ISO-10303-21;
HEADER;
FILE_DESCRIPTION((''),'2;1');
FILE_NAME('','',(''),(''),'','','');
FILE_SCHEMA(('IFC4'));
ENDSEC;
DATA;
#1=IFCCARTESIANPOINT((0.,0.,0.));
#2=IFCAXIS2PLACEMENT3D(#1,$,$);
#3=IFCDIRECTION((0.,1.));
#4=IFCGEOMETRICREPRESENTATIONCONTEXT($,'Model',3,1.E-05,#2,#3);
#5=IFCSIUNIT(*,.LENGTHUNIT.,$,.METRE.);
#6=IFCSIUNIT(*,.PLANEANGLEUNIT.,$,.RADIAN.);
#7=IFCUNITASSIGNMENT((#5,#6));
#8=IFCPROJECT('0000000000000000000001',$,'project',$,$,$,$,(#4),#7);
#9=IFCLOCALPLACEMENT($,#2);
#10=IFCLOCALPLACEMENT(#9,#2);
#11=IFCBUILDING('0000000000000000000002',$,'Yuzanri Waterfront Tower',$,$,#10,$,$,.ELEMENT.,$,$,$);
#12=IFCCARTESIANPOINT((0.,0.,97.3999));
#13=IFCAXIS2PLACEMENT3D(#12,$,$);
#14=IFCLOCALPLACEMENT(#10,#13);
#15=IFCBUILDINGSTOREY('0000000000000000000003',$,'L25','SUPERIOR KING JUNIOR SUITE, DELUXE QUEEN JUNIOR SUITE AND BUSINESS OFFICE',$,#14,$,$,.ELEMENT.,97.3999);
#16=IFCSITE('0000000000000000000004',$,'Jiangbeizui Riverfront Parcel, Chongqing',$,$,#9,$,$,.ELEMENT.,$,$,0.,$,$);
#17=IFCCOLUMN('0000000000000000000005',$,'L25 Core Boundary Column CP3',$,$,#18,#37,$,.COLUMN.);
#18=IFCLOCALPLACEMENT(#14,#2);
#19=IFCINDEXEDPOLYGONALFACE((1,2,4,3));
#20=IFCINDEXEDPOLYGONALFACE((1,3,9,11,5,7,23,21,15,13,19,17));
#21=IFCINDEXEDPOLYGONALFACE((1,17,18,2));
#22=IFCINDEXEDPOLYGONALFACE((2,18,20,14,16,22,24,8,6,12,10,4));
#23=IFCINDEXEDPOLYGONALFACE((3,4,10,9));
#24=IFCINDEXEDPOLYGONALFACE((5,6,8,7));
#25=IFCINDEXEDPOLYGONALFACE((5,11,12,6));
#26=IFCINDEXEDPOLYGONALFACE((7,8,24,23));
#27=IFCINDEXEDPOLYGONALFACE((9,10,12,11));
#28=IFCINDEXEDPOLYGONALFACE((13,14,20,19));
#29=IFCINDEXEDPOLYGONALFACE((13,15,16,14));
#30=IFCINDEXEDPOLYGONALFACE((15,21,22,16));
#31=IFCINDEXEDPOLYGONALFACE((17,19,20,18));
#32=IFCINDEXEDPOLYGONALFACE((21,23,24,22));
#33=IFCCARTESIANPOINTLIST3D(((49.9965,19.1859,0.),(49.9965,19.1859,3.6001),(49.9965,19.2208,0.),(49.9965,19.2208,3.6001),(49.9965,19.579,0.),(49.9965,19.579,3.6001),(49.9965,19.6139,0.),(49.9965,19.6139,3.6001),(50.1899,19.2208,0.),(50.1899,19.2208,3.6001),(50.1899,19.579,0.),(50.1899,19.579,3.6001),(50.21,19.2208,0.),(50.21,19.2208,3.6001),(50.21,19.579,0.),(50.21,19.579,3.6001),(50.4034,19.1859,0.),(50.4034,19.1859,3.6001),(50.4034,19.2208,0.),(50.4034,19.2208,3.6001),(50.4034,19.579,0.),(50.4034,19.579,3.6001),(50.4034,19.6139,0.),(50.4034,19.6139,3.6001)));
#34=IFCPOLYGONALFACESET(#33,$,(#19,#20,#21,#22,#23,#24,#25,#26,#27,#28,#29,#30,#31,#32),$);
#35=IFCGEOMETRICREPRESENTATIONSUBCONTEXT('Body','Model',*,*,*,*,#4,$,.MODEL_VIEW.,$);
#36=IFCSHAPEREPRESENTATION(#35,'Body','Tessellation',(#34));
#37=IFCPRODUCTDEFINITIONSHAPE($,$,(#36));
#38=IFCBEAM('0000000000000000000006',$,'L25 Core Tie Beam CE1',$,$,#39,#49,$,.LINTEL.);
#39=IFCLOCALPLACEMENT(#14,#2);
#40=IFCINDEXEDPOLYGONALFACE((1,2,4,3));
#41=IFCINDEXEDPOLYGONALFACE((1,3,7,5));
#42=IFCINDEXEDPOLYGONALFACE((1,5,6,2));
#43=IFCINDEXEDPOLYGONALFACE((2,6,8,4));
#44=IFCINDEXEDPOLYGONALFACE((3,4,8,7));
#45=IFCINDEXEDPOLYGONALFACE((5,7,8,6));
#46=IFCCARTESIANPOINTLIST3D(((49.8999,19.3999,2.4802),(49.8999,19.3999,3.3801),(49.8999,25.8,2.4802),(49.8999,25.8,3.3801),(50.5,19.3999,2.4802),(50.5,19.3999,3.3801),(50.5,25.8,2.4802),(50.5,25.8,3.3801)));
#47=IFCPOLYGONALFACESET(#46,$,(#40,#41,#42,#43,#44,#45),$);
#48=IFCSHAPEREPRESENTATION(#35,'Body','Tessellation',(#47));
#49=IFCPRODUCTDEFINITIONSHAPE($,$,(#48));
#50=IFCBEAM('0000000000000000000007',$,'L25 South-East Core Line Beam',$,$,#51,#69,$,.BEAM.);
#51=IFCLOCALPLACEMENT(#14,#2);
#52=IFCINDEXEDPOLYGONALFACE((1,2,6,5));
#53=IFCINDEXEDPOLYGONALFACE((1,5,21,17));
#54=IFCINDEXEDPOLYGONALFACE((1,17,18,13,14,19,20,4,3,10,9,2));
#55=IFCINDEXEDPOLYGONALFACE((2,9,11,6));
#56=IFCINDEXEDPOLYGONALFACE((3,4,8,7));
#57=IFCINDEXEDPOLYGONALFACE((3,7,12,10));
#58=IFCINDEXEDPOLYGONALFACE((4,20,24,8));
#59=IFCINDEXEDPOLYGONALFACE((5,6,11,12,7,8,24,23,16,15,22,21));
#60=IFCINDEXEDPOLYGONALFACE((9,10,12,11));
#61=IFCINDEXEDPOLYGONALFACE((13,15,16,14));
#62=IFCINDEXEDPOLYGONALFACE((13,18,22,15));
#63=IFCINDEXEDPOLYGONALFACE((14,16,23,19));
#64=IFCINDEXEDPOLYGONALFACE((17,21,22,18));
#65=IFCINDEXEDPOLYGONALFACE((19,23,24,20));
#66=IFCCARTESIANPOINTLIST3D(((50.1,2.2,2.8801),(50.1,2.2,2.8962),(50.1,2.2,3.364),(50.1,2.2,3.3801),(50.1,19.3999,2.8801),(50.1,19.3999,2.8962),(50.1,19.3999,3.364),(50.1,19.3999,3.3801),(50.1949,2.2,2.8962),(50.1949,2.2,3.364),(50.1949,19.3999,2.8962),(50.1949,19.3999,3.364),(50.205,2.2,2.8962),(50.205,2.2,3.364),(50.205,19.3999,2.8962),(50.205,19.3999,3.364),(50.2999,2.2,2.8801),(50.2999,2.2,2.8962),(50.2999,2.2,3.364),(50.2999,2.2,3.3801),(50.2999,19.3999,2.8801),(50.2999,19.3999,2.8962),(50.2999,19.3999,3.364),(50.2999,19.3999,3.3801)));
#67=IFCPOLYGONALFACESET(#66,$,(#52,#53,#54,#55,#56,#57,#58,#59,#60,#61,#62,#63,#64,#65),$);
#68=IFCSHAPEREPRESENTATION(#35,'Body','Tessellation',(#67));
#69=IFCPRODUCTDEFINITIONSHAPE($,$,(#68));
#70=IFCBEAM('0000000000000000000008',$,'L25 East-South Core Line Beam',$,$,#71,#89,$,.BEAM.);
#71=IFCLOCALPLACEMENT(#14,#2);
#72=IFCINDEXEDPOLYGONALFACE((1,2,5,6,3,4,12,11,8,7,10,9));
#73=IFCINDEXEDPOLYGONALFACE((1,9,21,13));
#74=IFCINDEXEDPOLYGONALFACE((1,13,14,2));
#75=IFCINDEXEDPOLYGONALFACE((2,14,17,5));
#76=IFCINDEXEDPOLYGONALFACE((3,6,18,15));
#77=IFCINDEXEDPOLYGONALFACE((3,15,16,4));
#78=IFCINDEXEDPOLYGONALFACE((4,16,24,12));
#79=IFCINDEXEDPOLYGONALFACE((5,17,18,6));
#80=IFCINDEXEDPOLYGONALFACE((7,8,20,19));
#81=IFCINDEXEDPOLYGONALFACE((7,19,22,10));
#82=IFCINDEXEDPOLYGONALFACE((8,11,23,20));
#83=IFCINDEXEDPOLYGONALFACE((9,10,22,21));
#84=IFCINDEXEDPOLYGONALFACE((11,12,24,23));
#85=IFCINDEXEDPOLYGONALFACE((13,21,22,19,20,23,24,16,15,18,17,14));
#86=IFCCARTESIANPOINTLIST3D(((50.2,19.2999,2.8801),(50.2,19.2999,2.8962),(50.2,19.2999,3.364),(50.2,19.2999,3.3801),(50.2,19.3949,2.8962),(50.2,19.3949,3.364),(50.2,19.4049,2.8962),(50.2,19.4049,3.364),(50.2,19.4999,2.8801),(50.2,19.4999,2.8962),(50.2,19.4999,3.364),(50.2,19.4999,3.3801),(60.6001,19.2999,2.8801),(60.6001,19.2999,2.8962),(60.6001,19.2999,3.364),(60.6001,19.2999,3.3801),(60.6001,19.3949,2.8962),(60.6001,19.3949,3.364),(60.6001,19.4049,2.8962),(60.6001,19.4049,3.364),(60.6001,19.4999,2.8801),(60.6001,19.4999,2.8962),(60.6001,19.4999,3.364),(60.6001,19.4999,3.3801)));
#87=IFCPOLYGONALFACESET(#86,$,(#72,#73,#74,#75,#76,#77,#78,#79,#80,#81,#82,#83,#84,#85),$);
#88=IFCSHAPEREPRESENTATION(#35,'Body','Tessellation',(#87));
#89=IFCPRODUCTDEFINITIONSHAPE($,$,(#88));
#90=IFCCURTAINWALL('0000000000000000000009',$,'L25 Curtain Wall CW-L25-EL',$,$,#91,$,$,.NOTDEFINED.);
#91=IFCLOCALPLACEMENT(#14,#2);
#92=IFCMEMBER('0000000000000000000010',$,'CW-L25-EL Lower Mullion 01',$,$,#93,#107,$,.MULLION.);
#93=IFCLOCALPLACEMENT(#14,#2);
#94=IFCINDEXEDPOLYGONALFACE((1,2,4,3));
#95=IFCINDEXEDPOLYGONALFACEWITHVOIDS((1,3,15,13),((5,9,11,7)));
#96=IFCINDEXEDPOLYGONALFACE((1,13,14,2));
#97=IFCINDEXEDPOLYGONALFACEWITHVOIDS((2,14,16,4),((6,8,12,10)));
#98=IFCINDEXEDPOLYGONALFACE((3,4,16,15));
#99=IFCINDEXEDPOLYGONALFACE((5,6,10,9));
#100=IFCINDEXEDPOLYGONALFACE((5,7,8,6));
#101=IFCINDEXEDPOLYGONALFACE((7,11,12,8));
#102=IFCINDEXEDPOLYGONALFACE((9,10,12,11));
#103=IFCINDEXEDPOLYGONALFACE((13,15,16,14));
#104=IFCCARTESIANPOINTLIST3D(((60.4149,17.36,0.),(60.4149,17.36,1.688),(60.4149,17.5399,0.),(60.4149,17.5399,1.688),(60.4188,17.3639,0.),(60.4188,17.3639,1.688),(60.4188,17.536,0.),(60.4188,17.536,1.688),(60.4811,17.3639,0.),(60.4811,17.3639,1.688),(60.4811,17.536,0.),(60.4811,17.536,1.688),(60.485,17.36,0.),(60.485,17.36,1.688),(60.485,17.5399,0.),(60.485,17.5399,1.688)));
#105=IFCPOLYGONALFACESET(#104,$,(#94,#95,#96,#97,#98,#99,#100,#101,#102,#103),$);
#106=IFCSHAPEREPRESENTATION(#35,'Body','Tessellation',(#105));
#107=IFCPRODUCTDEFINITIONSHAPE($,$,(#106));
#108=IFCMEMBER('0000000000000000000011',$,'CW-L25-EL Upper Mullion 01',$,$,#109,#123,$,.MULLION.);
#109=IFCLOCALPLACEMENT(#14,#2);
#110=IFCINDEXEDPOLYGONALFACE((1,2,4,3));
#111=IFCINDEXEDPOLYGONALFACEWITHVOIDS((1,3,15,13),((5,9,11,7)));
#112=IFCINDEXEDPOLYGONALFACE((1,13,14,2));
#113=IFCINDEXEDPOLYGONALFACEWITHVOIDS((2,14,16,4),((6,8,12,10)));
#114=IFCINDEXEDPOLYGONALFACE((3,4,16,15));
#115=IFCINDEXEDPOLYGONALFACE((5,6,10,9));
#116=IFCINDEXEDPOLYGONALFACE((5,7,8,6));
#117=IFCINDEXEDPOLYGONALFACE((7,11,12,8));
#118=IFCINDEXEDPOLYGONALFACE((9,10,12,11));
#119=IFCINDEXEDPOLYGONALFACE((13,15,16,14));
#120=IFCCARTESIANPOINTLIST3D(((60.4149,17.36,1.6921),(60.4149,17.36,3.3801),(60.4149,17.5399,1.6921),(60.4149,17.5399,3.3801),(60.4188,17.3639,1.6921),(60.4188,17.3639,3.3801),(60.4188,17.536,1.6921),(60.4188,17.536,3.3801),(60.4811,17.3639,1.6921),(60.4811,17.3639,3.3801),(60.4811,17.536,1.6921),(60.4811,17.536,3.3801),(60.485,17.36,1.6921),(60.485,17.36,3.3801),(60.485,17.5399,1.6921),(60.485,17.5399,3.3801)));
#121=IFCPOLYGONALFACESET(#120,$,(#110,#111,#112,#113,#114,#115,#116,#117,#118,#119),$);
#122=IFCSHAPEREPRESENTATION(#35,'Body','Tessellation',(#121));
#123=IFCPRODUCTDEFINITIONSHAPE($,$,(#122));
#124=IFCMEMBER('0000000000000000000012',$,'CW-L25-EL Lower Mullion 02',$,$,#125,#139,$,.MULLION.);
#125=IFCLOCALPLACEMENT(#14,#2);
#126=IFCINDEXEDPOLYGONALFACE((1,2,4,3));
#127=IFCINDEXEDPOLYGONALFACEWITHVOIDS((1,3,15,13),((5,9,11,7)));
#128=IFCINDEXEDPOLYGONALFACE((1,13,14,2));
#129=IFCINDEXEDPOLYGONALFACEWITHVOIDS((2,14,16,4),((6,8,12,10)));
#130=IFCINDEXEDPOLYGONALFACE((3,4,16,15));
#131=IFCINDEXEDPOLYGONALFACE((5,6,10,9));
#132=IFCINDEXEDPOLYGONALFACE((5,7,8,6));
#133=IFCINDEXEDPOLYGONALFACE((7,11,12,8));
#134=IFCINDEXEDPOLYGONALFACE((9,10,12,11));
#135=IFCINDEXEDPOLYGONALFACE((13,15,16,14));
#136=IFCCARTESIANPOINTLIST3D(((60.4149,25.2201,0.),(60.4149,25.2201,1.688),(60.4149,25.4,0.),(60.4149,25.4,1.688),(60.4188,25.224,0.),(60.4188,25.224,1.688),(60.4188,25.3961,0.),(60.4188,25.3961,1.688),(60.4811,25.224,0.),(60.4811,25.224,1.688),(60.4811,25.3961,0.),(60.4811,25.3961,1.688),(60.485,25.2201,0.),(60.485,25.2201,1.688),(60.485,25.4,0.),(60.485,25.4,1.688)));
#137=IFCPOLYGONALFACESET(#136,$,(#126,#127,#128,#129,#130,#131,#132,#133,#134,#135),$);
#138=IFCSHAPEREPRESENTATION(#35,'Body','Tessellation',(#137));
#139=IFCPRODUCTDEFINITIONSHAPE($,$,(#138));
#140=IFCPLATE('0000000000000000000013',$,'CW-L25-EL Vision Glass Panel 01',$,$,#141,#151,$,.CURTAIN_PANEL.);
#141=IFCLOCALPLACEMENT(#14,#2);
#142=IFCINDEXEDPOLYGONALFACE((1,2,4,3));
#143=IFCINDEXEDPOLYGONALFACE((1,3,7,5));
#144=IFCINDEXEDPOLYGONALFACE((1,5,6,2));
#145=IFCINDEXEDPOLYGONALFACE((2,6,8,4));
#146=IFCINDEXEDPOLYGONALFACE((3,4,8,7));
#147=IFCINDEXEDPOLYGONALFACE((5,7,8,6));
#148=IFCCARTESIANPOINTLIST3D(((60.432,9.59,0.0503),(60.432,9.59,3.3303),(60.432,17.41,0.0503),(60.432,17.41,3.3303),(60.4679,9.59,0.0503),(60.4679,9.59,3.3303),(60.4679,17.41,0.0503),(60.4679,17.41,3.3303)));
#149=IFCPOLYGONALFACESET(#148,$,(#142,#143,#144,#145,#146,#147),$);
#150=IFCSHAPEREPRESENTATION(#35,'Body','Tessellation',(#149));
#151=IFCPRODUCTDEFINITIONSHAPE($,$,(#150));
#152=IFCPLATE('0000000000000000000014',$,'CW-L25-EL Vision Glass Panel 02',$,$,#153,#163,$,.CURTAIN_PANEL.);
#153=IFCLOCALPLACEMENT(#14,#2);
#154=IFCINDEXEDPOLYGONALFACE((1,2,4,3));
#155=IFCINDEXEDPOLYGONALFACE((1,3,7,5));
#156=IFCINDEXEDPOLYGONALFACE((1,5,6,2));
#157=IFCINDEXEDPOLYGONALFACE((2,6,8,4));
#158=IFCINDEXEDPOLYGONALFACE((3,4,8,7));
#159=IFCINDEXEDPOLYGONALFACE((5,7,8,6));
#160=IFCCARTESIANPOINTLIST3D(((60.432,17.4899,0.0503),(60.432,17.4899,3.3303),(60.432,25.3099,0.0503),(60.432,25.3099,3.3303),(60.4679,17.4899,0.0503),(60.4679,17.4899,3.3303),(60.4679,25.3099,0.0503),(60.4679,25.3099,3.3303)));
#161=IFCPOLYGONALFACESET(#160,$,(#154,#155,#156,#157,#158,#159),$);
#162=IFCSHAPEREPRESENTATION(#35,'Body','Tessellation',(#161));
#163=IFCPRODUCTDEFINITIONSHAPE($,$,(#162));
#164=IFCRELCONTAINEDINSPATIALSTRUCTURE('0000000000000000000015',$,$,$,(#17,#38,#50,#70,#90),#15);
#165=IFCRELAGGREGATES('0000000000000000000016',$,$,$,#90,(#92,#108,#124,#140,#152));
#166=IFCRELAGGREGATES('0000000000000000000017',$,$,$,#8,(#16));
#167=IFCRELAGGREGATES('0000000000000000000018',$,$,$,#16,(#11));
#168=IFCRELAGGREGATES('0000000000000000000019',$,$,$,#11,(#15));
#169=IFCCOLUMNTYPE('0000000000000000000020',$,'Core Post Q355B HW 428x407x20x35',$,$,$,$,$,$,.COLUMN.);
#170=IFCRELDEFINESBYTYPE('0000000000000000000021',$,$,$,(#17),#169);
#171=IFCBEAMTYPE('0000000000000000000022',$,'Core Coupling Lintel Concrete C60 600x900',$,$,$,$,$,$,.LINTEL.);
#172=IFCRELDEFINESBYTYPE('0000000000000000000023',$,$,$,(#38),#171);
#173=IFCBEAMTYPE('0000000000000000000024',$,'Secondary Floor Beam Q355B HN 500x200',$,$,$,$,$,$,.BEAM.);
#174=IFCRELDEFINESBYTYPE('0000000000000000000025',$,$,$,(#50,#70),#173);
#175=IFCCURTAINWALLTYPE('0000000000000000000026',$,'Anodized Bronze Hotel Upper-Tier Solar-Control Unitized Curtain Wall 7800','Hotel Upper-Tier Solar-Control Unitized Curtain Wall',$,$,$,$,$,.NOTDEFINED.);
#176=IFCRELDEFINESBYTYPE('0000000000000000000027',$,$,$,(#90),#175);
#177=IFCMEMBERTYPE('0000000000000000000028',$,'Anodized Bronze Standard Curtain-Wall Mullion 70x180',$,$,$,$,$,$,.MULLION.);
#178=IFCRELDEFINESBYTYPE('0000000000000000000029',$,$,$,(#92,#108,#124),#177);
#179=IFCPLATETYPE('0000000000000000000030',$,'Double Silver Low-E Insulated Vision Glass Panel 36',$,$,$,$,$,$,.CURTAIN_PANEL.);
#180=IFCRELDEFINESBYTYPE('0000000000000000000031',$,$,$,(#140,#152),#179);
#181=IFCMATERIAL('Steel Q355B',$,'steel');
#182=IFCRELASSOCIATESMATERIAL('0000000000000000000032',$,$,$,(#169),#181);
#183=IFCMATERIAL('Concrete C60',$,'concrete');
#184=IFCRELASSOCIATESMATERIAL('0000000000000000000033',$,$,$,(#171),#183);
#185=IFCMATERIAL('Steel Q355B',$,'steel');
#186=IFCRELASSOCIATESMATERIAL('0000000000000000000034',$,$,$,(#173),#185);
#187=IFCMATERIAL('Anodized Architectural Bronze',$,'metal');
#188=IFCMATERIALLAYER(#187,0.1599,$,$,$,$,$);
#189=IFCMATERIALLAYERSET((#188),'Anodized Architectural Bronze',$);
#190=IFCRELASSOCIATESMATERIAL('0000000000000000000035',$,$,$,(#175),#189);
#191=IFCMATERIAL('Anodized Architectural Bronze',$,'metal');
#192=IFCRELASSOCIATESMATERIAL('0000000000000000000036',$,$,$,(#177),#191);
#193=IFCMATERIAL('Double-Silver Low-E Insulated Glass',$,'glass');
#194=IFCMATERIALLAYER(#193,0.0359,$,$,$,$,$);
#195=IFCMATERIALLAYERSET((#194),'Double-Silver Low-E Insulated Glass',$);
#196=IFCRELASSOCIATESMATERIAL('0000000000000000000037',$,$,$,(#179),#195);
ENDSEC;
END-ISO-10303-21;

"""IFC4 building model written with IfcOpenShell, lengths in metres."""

from ifc_helpers import new_model, si_unit, direction, frame, origin, origin_2d, place, context, subcontext, project, spatial, rectangle, hollow_rectangle, i_section, extrude, source, transform, mapped, material, layer, layer_set, material_profile, profile_set, type_object, element, aggregate, save


model = new_model("IFC4")

# Units and contexts
model_context = context("Model", 3, precision=1e-05, world=origin(), true_north=direction((0.0, 1.0)))
body_context = subcontext(model_context, "Body", "Model", "MODEL_VIEW")
ifc_project = project(units=[si_unit("LENGTHUNIT", "METRE"), si_unit("PLANEANGLEUNIT", "RADIAN")], contexts=[model_context])

# Site, building, storey
site_placement = place(None, origin())
site = spatial("IfcSite", under=ifc_project, at=site_placement, Name="Jiangbeizui Riverfront Parcel, Chongqing", CompositionType="ELEMENT", RefElevation=0.0)
building_placement = place(site_placement, origin())
building = spatial("IfcBuilding", under=site, at=building_placement, Name="Yuzanri Waterfront Tower", CompositionType="ELEMENT")
storey_placement = place(building_placement, frame((0.0, 0.0, 97.3999)))
storey = spatial("IfcBuildingStorey", under=building, at=storey_placement, Name="L25", Description="SUPERIOR KING JUNIOR SUITE, DELUXE QUEEN JUNIOR SUITE AND BUSINESS OFFICE", CompositionType="ELEMENT", Elevation=97.3999)

# Column
ifc_material_1 = material(Name="Steel Q355B", Category="steel")
ifc_material_profile_1 = material_profile(ifc_material_1, i_section(OverallWidth=0.407, OverallDepth=0.428, WebThickness=0.02, FlangeThickness=0.0349, at=origin_2d()), Name="HW 428x407x20x35")
ifc_profile_set_1 = profile_set([ifc_material_profile_1], Name="Steel Q355B")
column_type = type_object("IfcColumnType", Name="Core Post Q355B HW 428x407x20x35", PredefinedType="COLUMN", material=ifc_profile_set_1)
shared_shape_1 = source(origin(), body_context, "Body", "SweptSolid", [
    extrude(i_section(OverallWidth=0.407, OverallDepth=0.428, WebThickness=0.02, FlangeThickness=0.0349, at=origin_2d()), origin(), (0.0, 0.0, 1.0), 3.6001),
])
column_placement = place(storey_placement, frame((50.2, 19.3999, 0.0), z_axis=(0.0, 0.0, 1.0), x_axis=(1.0, 0.0, 0.0)))
element("IfcColumn", 1, at=column_placement, inside=storey, type_object=column_type, Name="L25 Core Boundary Column CP3", PredefinedType="COLUMN", context=body_context, shape_type="MappedRepresentation", body=[
    mapped(shared_shape_1, transform((0.0, 0.0, 0.0), scale=1.0)),
])

# Beams
ifc_material_2 = material(Name="Concrete C60", Category="concrete")
ifc_material_profile_2 = material_profile(ifc_material_2, rectangle(XDim=0.6001, YDim=0.8999, at=origin_2d()), Name="RC 600x900")
ifc_profile_set_2 = profile_set([ifc_material_profile_2], Name="Concrete C60")
beam_type_1 = type_object("IfcBeamType", Name="Core Coupling Lintel Concrete C60 600x900", PredefinedType="LINTEL", material=ifc_profile_set_2)
shared_shape_2 = source(origin(), body_context, "Body", "SweptSolid", [
    extrude(rectangle(XDim=0.6001, YDim=0.8999, at=origin_2d()), origin(), (0.0, 0.0, 1.0), 6.4001),
])
beam_1_placement = place(storey_placement, frame((50.2, 19.3999, 2.9302), z_axis=(0.0, 1.0, 0.0), x_axis=(-1.0, 0.0, 0.0)))
element("IfcBeam", 2, at=beam_1_placement, inside=storey, type_object=beam_type_1, Name="L25 Core Tie Beam CE1", PredefinedType="LINTEL", context=body_context, shape_type="MappedRepresentation", body=[
    mapped(shared_shape_2, transform((0.0, 0.0, 0.0), scale=1.0)),
])
ifc_material_3 = material(Name="Steel Q355B", Category="steel")
ifc_material_profile_3 = material_profile(ifc_material_3, i_section(OverallWidth=0.2, OverallDepth=0.5, WebThickness=0.01, FlangeThickness=0.0161, at=origin_2d()), Name="HN 500x200x10x16")
ifc_profile_set_3 = profile_set([ifc_material_profile_3], Name="Steel Q355B")
beam_type_2 = type_object("IfcBeamType", Name="Secondary Floor Beam Q355B HN 500x200", PredefinedType="BEAM", material=ifc_profile_set_3)
shared_shape_3 = source(origin(), body_context, "Body", "SweptSolid", [
    extrude(i_section(OverallWidth=0.2, OverallDepth=0.5, WebThickness=0.01, FlangeThickness=0.0161, at=origin_2d()), origin(), (0.0, 0.0, 1.0), 17.2),
])
beam_2_placement = place(storey_placement, frame((50.2, 19.3999, 3.1301), z_axis=(0.0, -1.0, 0.0), x_axis=(1.0, 0.0, 0.0)))
element("IfcBeam", 3, at=beam_2_placement, inside=storey, type_object=beam_type_2, Name="L25 South-East Core Line Beam", PredefinedType="BEAM", context=body_context, shape_type="MappedRepresentation", body=[
    mapped(shared_shape_3, transform((0.0, 0.0, 0.0), scale=1.0)),
])
shared_shape_4 = source(origin(), body_context, "Body", "SweptSolid", [
    extrude(i_section(OverallWidth=0.2, OverallDepth=0.5, WebThickness=0.01, FlangeThickness=0.0161, at=origin_2d()), origin(), (0.0, 0.0, 1.0), 10.4001),
])
beam_3_placement = place(storey_placement, frame((50.2, 19.3999, 3.1301), z_axis=(1.0, 0.0, 0.0), x_axis=(0.0, 1.0, 0.0)))
element("IfcBeam", 4, at=beam_3_placement, inside=storey, type_object=beam_type_2, Name="L25 East-South Core Line Beam", PredefinedType="BEAM", context=body_context, shape_type="MappedRepresentation", body=[
    mapped(shared_shape_4, transform((0.0, 0.0, 0.0), scale=1.0)),
])

# Curtain wall, members, plates
ifc_material_4 = material(Name="Anodized Architectural Bronze", Category="metal")
ifc_layer_1 = layer(ifc_material_4, 0.1599)
ifc_layer_set_1 = layer_set([ifc_layer_1], Name="Anodized Architectural Bronze")
curtain_wall_type = type_object("IfcCurtainWallType", Name="Anodized Bronze Hotel Upper-Tier Solar-Control Unitized Curtain Wall 7800", Description="Hotel Upper-Tier Solar-Control Unitized Curtain Wall", PredefinedType="NOTDEFINED", material=ifc_layer_set_1)
curtain_wall_placement = place(storey_placement, origin())
curtain_wall = element("IfcCurtainWall", 5, at=curtain_wall_placement, inside=storey, type_object=curtain_wall_type, Name="L25 Curtain Wall CW-L25-EL", PredefinedType="NOTDEFINED")
ifc_material_5 = material(Name="Anodized Architectural Bronze", Category="metal")
ifc_material_profile_4 = material_profile(ifc_material_5, hollow_rectangle(XDim=0.0701, YDim=0.1799, WallThickness=0.0039, at=origin_2d()), Name="CWM 70x180")
ifc_profile_set_4 = profile_set([ifc_material_profile_4], Name="Anodized Architectural Bronze")
member_type = type_object("IfcMemberType", Name="Anodized Bronze Standard Curtain-Wall Mullion 70x180", PredefinedType="MULLION", material=ifc_profile_set_4)
shared_shape_5 = source(origin(), body_context, "Body", "SweptSolid", [
    extrude(hollow_rectangle(XDim=0.0701, YDim=0.1799, WallThickness=0.0039, at=origin_2d()), origin(), (0.0, 0.0, 1.0), 1.688),
])
member_1_placement = place(storey_placement, frame((60.45, 17.45, 0.0), z_axis=(0.0, 0.0, 1.0), x_axis=(1.0, 0.0, 0.0)))
member_1 = element("IfcMember", 6, at=member_1_placement, type_object=member_type, Name="CW-L25-EL Lower Mullion 01", PredefinedType="MULLION", context=body_context, shape_type="MappedRepresentation", body=[
    mapped(shared_shape_5, transform((0.0, 0.0, 0.0), scale=1.0)),
])
member_2_placement = place(storey_placement, frame((60.45, 17.45, 1.6921), z_axis=(0.0, 0.0, 1.0), x_axis=(1.0, 0.0, 0.0)))
member_2 = element("IfcMember", 7, at=member_2_placement, type_object=member_type, Name="CW-L25-EL Upper Mullion 01", PredefinedType="MULLION", context=body_context, shape_type="MappedRepresentation", body=[
    mapped(shared_shape_5, transform((0.0, 0.0, 0.0), scale=1.0)),
])
member_3_placement = place(storey_placement, frame((60.45, 25.3101, 0.0), z_axis=(0.0, 0.0, 1.0), x_axis=(1.0, 0.0, 0.0)))
member_3 = element("IfcMember", 8, at=member_3_placement, type_object=member_type, Name="CW-L25-EL Lower Mullion 02", PredefinedType="MULLION", context=body_context, shape_type="MappedRepresentation", body=[
    mapped(shared_shape_5, transform((0.0, 0.0, 0.0), scale=1.0)),
])
ifc_material_6 = material(Name="Double-Silver Low-E Insulated Glass", Category="glass")
ifc_layer_2 = layer(ifc_material_6, 0.0359)
ifc_layer_set_2 = layer_set([ifc_layer_2], Name="Double-Silver Low-E Insulated Glass")
plate_type = type_object("IfcPlateType", Name="Double Silver Low-E Insulated Vision Glass Panel 36", PredefinedType="CURTAIN_PANEL", material=ifc_layer_set_2)
shared_shape_6 = source(origin(), body_context, "Body", "SweptSolid", [
    extrude(rectangle(XDim=7.8201, YDim=0.0359, at=origin_2d()), origin(), (0.0, 0.0, 1.0), 3.28),
])
plate_1_placement = place(storey_placement, frame((60.45, 13.5, 0.0503), z_axis=(0.0, 0.0, 1.0), x_axis=(0.0, 1.0, 0.0)))
plate_1 = element("IfcPlate", 9, at=plate_1_placement, type_object=plate_type, Name="CW-L25-EL Vision Glass Panel 01", PredefinedType="CURTAIN_PANEL", context=body_context, shape_type="MappedRepresentation", body=[
    mapped(shared_shape_6, transform((0.0, 0.0, 0.0), scale=1.0)),
])
plate_2_placement = place(storey_placement, frame((60.45, 21.3999, 0.0503), z_axis=(0.0, 0.0, 1.0), x_axis=(0.0, 1.0, 0.0)))
plate_2 = element("IfcPlate", 10, at=plate_2_placement, type_object=plate_type, Name="CW-L25-EL Vision Glass Panel 02", PredefinedType="CURTAIN_PANEL", context=body_context, shape_type="MappedRepresentation", body=[
    mapped(shared_shape_6, transform((0.0, 0.0, 0.0), scale=1.0)),
])
aggregate(curtain_wall, [member_1, member_2, member_3, plate_1, plate_2])

save(model, "model.ifc")
